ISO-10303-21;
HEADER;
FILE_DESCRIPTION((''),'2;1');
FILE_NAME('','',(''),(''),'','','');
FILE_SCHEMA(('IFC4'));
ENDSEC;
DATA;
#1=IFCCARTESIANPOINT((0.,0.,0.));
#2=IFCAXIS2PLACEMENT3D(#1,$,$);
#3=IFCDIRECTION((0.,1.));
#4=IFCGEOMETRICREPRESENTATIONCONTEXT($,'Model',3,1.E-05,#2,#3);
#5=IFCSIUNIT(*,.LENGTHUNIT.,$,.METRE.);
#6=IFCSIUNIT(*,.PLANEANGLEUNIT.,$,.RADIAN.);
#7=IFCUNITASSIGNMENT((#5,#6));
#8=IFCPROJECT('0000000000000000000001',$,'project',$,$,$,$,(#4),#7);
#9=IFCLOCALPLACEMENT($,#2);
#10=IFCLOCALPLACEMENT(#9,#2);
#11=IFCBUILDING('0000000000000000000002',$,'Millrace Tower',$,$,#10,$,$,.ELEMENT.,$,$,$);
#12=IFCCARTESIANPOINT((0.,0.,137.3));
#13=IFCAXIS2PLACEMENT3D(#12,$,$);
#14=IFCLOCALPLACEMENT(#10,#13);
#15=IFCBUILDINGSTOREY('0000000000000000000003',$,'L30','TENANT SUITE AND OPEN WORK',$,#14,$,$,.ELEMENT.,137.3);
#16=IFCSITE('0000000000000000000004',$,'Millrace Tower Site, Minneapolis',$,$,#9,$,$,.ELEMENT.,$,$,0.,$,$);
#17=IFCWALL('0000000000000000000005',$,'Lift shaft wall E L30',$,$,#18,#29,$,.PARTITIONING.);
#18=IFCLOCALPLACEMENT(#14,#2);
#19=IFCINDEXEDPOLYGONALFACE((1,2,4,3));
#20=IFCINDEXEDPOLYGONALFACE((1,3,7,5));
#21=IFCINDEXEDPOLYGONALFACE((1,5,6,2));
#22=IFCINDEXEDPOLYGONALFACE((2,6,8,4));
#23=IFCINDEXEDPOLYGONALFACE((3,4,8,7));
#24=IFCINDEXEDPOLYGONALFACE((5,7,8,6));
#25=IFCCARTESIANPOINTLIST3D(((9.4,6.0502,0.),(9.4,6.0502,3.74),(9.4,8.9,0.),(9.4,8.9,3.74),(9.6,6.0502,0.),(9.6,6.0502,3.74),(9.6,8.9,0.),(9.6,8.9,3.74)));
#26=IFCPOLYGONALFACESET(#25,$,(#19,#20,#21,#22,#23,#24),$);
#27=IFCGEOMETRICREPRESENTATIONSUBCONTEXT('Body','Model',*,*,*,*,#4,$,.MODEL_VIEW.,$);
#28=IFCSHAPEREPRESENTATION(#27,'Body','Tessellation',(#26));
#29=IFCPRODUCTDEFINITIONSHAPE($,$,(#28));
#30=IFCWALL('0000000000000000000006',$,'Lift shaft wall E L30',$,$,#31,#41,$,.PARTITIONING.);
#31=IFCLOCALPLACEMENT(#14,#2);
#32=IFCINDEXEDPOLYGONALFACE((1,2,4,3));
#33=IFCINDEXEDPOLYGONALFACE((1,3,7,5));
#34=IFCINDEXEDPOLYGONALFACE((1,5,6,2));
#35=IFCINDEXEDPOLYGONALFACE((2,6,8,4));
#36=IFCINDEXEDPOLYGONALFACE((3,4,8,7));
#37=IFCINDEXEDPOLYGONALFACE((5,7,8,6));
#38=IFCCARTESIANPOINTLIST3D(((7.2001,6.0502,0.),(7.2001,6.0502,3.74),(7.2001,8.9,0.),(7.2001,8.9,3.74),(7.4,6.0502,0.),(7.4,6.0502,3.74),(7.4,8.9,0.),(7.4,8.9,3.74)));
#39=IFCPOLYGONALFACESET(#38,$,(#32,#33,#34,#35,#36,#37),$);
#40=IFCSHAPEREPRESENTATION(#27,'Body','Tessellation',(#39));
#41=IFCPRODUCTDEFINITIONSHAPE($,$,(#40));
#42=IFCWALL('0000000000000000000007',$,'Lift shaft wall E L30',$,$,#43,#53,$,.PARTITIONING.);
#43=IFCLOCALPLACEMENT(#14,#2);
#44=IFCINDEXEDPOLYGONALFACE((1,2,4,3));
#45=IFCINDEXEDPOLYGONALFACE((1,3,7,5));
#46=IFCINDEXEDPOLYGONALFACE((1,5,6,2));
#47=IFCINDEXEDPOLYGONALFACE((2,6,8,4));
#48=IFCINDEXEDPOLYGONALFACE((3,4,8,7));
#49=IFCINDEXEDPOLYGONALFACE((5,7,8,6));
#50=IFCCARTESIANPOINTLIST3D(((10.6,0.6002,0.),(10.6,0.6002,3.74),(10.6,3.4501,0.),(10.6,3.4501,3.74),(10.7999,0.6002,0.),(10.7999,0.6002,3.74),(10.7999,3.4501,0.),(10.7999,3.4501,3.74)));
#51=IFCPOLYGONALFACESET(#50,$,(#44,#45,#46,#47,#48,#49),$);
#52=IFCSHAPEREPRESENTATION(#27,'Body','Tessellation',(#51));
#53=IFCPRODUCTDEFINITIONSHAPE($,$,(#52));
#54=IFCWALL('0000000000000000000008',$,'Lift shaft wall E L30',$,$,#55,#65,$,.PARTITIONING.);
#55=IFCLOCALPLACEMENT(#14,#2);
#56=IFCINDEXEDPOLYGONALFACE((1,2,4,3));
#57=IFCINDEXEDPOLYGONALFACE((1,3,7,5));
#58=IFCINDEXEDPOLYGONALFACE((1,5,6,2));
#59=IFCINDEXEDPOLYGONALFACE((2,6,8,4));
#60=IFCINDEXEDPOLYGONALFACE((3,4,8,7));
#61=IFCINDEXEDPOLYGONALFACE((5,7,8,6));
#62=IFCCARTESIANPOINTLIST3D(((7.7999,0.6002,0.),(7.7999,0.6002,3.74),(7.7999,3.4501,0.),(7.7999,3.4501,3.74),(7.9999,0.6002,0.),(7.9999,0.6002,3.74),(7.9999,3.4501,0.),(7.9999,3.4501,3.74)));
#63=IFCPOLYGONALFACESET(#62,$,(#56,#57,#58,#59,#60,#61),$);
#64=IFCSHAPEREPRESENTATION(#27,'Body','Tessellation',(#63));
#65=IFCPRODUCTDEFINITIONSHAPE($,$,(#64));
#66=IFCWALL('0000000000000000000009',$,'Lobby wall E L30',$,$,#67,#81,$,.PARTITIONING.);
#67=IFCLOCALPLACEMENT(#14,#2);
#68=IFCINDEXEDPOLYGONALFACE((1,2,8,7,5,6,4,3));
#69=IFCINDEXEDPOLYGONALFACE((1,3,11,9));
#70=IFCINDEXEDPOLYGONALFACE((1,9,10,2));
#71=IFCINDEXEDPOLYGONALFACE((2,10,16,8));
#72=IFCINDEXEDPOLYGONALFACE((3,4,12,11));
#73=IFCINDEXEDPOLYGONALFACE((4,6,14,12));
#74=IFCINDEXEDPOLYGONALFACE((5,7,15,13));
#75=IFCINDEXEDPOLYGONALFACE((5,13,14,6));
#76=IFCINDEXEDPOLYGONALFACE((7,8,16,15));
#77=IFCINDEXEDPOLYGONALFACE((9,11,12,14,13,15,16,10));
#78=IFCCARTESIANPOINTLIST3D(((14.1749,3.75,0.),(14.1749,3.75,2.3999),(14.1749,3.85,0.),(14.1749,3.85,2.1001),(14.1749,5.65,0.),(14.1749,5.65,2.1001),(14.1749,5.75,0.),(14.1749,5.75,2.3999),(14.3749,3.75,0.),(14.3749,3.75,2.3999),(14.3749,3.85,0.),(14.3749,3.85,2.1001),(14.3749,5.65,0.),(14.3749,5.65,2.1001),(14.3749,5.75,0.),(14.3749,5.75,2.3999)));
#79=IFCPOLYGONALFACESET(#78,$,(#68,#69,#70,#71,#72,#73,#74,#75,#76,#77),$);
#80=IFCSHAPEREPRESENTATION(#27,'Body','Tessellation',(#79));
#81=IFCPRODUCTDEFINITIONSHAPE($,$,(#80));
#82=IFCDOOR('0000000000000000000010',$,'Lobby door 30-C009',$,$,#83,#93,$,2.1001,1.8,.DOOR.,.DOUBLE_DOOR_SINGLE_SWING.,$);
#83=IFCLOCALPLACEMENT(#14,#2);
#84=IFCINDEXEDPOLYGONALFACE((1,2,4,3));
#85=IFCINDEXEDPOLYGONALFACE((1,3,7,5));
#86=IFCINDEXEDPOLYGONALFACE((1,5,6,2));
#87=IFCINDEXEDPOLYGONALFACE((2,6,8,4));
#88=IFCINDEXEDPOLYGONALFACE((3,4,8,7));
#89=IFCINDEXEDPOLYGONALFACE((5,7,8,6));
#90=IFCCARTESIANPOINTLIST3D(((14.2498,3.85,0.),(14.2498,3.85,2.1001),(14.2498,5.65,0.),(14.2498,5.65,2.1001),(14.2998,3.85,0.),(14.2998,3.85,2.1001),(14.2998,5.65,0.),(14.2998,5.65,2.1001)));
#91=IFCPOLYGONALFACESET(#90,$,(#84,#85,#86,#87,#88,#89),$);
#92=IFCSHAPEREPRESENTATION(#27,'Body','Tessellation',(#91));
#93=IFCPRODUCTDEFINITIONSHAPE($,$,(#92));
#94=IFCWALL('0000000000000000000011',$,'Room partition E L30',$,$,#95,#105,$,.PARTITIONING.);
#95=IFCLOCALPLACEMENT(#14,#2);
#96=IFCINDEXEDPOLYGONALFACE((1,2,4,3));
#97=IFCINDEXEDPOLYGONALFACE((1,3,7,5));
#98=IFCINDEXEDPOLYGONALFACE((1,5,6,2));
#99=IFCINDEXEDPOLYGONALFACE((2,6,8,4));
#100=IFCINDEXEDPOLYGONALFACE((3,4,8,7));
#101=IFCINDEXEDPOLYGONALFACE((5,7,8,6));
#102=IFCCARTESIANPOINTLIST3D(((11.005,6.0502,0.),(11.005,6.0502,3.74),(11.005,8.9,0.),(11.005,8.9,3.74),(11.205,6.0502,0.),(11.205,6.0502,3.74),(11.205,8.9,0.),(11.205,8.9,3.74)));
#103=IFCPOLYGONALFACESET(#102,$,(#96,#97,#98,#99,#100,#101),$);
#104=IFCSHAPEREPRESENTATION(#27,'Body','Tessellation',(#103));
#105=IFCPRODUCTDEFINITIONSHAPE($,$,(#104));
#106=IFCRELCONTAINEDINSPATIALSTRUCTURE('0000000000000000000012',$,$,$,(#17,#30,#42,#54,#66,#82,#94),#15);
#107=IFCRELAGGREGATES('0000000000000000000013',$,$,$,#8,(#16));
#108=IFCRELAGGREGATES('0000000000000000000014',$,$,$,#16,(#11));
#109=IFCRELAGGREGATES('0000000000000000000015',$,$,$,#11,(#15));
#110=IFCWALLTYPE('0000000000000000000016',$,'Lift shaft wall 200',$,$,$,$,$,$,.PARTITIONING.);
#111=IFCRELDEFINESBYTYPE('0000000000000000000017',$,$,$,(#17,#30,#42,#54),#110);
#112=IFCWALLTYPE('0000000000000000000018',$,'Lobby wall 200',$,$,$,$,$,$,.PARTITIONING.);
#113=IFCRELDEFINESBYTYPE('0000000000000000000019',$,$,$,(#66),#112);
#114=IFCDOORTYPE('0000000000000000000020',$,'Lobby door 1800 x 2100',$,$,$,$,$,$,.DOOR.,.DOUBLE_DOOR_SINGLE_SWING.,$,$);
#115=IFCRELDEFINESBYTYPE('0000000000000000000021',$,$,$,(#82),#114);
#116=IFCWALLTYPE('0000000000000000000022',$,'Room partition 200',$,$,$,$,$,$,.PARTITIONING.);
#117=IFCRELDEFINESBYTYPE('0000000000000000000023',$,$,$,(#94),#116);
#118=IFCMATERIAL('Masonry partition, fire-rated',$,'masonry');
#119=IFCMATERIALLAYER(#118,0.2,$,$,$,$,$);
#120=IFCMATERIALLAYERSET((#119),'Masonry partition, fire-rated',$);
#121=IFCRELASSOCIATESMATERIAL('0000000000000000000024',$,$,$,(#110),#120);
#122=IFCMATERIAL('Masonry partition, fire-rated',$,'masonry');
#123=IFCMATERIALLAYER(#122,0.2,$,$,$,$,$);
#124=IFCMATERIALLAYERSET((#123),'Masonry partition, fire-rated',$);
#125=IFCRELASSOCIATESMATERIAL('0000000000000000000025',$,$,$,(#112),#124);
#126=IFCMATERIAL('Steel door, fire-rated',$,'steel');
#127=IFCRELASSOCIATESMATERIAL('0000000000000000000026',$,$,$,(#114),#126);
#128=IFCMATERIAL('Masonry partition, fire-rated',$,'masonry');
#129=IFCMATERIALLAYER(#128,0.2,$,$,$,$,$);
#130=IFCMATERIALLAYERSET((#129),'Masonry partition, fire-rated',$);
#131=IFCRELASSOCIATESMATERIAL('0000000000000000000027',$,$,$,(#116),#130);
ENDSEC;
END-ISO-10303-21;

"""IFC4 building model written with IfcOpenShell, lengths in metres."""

from ifc_helpers import new_model, si_unit, direction, frame, frame_2d, origin, place, context, subcontext, project, spatial, rectangle, extrude, material, layer, layer_set, type_object, element, fill, save


model = new_model("IFC4")

# Units and contexts
model_context = context("Model", 3, precision=1e-05, world=origin(), true_north=direction((0.0, 1.0)))
body_context = subcontext(model_context, "Body", "Model", "MODEL_VIEW")
ifc_project = project(units=[si_unit("LENGTHUNIT", "METRE"), si_unit("PLANEANGLEUNIT", "RADIAN")], contexts=[model_context])

# Site, building, storey
site_placement = place(None, origin())
site = spatial("IfcSite", under=ifc_project, at=site_placement, Name="Millrace Tower Site, Minneapolis", CompositionType="ELEMENT", RefElevation=0.0)
building_placement = place(site_placement, origin())
building = spatial("IfcBuilding", under=site, at=building_placement, Name="Millrace Tower", CompositionType="ELEMENT")
storey_placement = place(building_placement, frame((0.0, 0.0, 137.3)))
storey = spatial("IfcBuildingStorey", under=building, at=storey_placement, Name="L30", Description="TENANT SUITE AND OPEN WORK", CompositionType="ELEMENT", Elevation=137.3)

# Shared definitions
ifc_material_1 = material(Name="Masonry partition, fire-rated", Category="masonry")
ifc_layer_1 = layer(ifc_material_1, 0.2)
ifc_layer_set_1 = layer_set([ifc_layer_1], Name="Masonry partition, fire-rated")
wall_type_1 = type_object("IfcWallType", Name="Lift shaft wall 200", PredefinedType="PARTITIONING", material=ifc_layer_set_1)

# Walls
for number, where, z_axis, x_axis, name in (
    (1, (9.5, 8.8999, 0.0), (0.0, 0.0, 1.0), (0.0, -1.0, 0.0), "Lift shaft wall E L30"),
    (2, (7.3, 8.8999, 0.0), (0.0, 0.0, 1.0), (0.0, -1.0, 0.0), "Lift shaft wall E L30"),
    (3, (10.7, 3.45, 0.0), (0.0, 0.0, 1.0), (0.0, -1.0, 0.0), "Lift shaft wall E L30"),
    (4, (7.8999, 3.45, 0.0), (0.0, 0.0, 1.0), (0.0, -1.0, 0.0), "Lift shaft wall E L30"),
):
    element("IfcWall", number, at=place(storey_placement, frame(where, z_axis=z_axis, x_axis=x_axis)), inside=storey, type_object=wall_type_1, Name=name, PredefinedType="PARTITIONING", context=body_context, shape_type="SweptSolid", body=[
        extrude(rectangle(XDim=2.8499, YDim=0.2, at=frame_2d((1.4248, 0.0))), origin(), (0.0, 0.0, 1.0), 3.74),
    ])

# Wall, opening, door
ifc_material_2 = material(Name="Masonry partition, fire-rated", Category="masonry")
ifc_layer_2 = layer(ifc_material_2, 0.2)
ifc_layer_set_2 = layer_set([ifc_layer_2], Name="Masonry partition, fire-rated")
wall_type_2 = type_object("IfcWallType", Name="Lobby wall 200", PredefinedType="PARTITIONING", material=ifc_layer_set_2)
wall_1_placement = place(storey_placement, frame((14.2749, 5.75, 0.0), z_axis=(0.0, 0.0, 1.0), x_axis=(0.0, -1.0, 0.0)))
wall_1 = element("IfcWall", 5, at=wall_1_placement, inside=storey, type_object=wall_type_2, Name="Lobby wall E L30", PredefinedType="PARTITIONING", context=body_context, shape_type="SweptSolid", body=[
    extrude(rectangle(XDim=2.0, YDim=0.2, at=frame_2d((1.0, 0.0))), origin(), (0.0, 0.0, 1.0), 2.3999),
])
opening_1_placement = place(wall_1_placement, frame((0.1001, 0.0, 0.0)))
opening_1 = element("IfcOpeningElement", 6, at=opening_1_placement, cuts=wall_1, PredefinedType="OPENING", context=body_context, shape_type="SweptSolid", body=[
    extrude(rectangle(XDim=1.8, YDim=2.1001, at=frame_2d((0.8999, 1.05))), frame((0.0, 0.1099, 0.0), z_axis=(0.0, -1.0, 0.0), x_axis=(1.0, 0.0, 0.0)), (0.0, 0.0, 1.0), 0.22),
])
ifc_material_3 = material(Name="Steel door, fire-rated", Category="steel")
door_type_1 = type_object("IfcDoorType", Name="Lobby door 1800 x 2100", OperationType="DOUBLE_DOOR_SINGLE_SWING", PredefinedType="DOOR", material=ifc_material_3)
door_1_placement = place(opening_1_placement, origin())
door_1 = element("IfcDoor", 7, at=door_1_placement, inside=storey, type_object=door_type_1, Name="Lobby door 30-C009", OperationType="DOUBLE_DOOR_SINGLE_SWING", OverallHeight=2.1001, OverallWidth=1.8, PredefinedType="DOOR", context=body_context, shape_type="SweptSolid", body=[
    extrude(rectangle(XDim=1.8, YDim=2.1001, at=frame_2d((0.8999, 1.05))), frame((0.0, 0.0249, 0.0), z_axis=(0.0, -1.0, 0.0), x_axis=(1.0, 0.0, 0.0)), (0.0, 0.0, 1.0), 0.05),
])
fill(opening_1, door_1)

# Wall
ifc_material_4 = material(Name="Masonry partition, fire-rated", Category="masonry")
ifc_layer_3 = layer(ifc_material_4, 0.2)
ifc_layer_set_3 = layer_set([ifc_layer_3], Name="Masonry partition, fire-rated")
wall_type_3 = type_object("IfcWallType", Name="Room partition 200", PredefinedType="PARTITIONING", material=ifc_layer_set_3)
wall_2_placement = place(storey_placement, frame((11.105, 8.8999, 0.0), z_axis=(0.0, 0.0, 1.0), x_axis=(0.0, -1.0, 0.0)))
element("IfcWall", 8, at=wall_2_placement, inside=storey, type_object=wall_type_3, Name="Room partition E L30", PredefinedType="PARTITIONING", context=body_context, shape_type="SweptSolid", body=[
    extrude(rectangle(XDim=2.8499, YDim=0.2, at=frame_2d((1.4248, 0.0))), origin(), (0.0, 0.0, 1.0), 3.74),
])

save(model, "model.ifc")
